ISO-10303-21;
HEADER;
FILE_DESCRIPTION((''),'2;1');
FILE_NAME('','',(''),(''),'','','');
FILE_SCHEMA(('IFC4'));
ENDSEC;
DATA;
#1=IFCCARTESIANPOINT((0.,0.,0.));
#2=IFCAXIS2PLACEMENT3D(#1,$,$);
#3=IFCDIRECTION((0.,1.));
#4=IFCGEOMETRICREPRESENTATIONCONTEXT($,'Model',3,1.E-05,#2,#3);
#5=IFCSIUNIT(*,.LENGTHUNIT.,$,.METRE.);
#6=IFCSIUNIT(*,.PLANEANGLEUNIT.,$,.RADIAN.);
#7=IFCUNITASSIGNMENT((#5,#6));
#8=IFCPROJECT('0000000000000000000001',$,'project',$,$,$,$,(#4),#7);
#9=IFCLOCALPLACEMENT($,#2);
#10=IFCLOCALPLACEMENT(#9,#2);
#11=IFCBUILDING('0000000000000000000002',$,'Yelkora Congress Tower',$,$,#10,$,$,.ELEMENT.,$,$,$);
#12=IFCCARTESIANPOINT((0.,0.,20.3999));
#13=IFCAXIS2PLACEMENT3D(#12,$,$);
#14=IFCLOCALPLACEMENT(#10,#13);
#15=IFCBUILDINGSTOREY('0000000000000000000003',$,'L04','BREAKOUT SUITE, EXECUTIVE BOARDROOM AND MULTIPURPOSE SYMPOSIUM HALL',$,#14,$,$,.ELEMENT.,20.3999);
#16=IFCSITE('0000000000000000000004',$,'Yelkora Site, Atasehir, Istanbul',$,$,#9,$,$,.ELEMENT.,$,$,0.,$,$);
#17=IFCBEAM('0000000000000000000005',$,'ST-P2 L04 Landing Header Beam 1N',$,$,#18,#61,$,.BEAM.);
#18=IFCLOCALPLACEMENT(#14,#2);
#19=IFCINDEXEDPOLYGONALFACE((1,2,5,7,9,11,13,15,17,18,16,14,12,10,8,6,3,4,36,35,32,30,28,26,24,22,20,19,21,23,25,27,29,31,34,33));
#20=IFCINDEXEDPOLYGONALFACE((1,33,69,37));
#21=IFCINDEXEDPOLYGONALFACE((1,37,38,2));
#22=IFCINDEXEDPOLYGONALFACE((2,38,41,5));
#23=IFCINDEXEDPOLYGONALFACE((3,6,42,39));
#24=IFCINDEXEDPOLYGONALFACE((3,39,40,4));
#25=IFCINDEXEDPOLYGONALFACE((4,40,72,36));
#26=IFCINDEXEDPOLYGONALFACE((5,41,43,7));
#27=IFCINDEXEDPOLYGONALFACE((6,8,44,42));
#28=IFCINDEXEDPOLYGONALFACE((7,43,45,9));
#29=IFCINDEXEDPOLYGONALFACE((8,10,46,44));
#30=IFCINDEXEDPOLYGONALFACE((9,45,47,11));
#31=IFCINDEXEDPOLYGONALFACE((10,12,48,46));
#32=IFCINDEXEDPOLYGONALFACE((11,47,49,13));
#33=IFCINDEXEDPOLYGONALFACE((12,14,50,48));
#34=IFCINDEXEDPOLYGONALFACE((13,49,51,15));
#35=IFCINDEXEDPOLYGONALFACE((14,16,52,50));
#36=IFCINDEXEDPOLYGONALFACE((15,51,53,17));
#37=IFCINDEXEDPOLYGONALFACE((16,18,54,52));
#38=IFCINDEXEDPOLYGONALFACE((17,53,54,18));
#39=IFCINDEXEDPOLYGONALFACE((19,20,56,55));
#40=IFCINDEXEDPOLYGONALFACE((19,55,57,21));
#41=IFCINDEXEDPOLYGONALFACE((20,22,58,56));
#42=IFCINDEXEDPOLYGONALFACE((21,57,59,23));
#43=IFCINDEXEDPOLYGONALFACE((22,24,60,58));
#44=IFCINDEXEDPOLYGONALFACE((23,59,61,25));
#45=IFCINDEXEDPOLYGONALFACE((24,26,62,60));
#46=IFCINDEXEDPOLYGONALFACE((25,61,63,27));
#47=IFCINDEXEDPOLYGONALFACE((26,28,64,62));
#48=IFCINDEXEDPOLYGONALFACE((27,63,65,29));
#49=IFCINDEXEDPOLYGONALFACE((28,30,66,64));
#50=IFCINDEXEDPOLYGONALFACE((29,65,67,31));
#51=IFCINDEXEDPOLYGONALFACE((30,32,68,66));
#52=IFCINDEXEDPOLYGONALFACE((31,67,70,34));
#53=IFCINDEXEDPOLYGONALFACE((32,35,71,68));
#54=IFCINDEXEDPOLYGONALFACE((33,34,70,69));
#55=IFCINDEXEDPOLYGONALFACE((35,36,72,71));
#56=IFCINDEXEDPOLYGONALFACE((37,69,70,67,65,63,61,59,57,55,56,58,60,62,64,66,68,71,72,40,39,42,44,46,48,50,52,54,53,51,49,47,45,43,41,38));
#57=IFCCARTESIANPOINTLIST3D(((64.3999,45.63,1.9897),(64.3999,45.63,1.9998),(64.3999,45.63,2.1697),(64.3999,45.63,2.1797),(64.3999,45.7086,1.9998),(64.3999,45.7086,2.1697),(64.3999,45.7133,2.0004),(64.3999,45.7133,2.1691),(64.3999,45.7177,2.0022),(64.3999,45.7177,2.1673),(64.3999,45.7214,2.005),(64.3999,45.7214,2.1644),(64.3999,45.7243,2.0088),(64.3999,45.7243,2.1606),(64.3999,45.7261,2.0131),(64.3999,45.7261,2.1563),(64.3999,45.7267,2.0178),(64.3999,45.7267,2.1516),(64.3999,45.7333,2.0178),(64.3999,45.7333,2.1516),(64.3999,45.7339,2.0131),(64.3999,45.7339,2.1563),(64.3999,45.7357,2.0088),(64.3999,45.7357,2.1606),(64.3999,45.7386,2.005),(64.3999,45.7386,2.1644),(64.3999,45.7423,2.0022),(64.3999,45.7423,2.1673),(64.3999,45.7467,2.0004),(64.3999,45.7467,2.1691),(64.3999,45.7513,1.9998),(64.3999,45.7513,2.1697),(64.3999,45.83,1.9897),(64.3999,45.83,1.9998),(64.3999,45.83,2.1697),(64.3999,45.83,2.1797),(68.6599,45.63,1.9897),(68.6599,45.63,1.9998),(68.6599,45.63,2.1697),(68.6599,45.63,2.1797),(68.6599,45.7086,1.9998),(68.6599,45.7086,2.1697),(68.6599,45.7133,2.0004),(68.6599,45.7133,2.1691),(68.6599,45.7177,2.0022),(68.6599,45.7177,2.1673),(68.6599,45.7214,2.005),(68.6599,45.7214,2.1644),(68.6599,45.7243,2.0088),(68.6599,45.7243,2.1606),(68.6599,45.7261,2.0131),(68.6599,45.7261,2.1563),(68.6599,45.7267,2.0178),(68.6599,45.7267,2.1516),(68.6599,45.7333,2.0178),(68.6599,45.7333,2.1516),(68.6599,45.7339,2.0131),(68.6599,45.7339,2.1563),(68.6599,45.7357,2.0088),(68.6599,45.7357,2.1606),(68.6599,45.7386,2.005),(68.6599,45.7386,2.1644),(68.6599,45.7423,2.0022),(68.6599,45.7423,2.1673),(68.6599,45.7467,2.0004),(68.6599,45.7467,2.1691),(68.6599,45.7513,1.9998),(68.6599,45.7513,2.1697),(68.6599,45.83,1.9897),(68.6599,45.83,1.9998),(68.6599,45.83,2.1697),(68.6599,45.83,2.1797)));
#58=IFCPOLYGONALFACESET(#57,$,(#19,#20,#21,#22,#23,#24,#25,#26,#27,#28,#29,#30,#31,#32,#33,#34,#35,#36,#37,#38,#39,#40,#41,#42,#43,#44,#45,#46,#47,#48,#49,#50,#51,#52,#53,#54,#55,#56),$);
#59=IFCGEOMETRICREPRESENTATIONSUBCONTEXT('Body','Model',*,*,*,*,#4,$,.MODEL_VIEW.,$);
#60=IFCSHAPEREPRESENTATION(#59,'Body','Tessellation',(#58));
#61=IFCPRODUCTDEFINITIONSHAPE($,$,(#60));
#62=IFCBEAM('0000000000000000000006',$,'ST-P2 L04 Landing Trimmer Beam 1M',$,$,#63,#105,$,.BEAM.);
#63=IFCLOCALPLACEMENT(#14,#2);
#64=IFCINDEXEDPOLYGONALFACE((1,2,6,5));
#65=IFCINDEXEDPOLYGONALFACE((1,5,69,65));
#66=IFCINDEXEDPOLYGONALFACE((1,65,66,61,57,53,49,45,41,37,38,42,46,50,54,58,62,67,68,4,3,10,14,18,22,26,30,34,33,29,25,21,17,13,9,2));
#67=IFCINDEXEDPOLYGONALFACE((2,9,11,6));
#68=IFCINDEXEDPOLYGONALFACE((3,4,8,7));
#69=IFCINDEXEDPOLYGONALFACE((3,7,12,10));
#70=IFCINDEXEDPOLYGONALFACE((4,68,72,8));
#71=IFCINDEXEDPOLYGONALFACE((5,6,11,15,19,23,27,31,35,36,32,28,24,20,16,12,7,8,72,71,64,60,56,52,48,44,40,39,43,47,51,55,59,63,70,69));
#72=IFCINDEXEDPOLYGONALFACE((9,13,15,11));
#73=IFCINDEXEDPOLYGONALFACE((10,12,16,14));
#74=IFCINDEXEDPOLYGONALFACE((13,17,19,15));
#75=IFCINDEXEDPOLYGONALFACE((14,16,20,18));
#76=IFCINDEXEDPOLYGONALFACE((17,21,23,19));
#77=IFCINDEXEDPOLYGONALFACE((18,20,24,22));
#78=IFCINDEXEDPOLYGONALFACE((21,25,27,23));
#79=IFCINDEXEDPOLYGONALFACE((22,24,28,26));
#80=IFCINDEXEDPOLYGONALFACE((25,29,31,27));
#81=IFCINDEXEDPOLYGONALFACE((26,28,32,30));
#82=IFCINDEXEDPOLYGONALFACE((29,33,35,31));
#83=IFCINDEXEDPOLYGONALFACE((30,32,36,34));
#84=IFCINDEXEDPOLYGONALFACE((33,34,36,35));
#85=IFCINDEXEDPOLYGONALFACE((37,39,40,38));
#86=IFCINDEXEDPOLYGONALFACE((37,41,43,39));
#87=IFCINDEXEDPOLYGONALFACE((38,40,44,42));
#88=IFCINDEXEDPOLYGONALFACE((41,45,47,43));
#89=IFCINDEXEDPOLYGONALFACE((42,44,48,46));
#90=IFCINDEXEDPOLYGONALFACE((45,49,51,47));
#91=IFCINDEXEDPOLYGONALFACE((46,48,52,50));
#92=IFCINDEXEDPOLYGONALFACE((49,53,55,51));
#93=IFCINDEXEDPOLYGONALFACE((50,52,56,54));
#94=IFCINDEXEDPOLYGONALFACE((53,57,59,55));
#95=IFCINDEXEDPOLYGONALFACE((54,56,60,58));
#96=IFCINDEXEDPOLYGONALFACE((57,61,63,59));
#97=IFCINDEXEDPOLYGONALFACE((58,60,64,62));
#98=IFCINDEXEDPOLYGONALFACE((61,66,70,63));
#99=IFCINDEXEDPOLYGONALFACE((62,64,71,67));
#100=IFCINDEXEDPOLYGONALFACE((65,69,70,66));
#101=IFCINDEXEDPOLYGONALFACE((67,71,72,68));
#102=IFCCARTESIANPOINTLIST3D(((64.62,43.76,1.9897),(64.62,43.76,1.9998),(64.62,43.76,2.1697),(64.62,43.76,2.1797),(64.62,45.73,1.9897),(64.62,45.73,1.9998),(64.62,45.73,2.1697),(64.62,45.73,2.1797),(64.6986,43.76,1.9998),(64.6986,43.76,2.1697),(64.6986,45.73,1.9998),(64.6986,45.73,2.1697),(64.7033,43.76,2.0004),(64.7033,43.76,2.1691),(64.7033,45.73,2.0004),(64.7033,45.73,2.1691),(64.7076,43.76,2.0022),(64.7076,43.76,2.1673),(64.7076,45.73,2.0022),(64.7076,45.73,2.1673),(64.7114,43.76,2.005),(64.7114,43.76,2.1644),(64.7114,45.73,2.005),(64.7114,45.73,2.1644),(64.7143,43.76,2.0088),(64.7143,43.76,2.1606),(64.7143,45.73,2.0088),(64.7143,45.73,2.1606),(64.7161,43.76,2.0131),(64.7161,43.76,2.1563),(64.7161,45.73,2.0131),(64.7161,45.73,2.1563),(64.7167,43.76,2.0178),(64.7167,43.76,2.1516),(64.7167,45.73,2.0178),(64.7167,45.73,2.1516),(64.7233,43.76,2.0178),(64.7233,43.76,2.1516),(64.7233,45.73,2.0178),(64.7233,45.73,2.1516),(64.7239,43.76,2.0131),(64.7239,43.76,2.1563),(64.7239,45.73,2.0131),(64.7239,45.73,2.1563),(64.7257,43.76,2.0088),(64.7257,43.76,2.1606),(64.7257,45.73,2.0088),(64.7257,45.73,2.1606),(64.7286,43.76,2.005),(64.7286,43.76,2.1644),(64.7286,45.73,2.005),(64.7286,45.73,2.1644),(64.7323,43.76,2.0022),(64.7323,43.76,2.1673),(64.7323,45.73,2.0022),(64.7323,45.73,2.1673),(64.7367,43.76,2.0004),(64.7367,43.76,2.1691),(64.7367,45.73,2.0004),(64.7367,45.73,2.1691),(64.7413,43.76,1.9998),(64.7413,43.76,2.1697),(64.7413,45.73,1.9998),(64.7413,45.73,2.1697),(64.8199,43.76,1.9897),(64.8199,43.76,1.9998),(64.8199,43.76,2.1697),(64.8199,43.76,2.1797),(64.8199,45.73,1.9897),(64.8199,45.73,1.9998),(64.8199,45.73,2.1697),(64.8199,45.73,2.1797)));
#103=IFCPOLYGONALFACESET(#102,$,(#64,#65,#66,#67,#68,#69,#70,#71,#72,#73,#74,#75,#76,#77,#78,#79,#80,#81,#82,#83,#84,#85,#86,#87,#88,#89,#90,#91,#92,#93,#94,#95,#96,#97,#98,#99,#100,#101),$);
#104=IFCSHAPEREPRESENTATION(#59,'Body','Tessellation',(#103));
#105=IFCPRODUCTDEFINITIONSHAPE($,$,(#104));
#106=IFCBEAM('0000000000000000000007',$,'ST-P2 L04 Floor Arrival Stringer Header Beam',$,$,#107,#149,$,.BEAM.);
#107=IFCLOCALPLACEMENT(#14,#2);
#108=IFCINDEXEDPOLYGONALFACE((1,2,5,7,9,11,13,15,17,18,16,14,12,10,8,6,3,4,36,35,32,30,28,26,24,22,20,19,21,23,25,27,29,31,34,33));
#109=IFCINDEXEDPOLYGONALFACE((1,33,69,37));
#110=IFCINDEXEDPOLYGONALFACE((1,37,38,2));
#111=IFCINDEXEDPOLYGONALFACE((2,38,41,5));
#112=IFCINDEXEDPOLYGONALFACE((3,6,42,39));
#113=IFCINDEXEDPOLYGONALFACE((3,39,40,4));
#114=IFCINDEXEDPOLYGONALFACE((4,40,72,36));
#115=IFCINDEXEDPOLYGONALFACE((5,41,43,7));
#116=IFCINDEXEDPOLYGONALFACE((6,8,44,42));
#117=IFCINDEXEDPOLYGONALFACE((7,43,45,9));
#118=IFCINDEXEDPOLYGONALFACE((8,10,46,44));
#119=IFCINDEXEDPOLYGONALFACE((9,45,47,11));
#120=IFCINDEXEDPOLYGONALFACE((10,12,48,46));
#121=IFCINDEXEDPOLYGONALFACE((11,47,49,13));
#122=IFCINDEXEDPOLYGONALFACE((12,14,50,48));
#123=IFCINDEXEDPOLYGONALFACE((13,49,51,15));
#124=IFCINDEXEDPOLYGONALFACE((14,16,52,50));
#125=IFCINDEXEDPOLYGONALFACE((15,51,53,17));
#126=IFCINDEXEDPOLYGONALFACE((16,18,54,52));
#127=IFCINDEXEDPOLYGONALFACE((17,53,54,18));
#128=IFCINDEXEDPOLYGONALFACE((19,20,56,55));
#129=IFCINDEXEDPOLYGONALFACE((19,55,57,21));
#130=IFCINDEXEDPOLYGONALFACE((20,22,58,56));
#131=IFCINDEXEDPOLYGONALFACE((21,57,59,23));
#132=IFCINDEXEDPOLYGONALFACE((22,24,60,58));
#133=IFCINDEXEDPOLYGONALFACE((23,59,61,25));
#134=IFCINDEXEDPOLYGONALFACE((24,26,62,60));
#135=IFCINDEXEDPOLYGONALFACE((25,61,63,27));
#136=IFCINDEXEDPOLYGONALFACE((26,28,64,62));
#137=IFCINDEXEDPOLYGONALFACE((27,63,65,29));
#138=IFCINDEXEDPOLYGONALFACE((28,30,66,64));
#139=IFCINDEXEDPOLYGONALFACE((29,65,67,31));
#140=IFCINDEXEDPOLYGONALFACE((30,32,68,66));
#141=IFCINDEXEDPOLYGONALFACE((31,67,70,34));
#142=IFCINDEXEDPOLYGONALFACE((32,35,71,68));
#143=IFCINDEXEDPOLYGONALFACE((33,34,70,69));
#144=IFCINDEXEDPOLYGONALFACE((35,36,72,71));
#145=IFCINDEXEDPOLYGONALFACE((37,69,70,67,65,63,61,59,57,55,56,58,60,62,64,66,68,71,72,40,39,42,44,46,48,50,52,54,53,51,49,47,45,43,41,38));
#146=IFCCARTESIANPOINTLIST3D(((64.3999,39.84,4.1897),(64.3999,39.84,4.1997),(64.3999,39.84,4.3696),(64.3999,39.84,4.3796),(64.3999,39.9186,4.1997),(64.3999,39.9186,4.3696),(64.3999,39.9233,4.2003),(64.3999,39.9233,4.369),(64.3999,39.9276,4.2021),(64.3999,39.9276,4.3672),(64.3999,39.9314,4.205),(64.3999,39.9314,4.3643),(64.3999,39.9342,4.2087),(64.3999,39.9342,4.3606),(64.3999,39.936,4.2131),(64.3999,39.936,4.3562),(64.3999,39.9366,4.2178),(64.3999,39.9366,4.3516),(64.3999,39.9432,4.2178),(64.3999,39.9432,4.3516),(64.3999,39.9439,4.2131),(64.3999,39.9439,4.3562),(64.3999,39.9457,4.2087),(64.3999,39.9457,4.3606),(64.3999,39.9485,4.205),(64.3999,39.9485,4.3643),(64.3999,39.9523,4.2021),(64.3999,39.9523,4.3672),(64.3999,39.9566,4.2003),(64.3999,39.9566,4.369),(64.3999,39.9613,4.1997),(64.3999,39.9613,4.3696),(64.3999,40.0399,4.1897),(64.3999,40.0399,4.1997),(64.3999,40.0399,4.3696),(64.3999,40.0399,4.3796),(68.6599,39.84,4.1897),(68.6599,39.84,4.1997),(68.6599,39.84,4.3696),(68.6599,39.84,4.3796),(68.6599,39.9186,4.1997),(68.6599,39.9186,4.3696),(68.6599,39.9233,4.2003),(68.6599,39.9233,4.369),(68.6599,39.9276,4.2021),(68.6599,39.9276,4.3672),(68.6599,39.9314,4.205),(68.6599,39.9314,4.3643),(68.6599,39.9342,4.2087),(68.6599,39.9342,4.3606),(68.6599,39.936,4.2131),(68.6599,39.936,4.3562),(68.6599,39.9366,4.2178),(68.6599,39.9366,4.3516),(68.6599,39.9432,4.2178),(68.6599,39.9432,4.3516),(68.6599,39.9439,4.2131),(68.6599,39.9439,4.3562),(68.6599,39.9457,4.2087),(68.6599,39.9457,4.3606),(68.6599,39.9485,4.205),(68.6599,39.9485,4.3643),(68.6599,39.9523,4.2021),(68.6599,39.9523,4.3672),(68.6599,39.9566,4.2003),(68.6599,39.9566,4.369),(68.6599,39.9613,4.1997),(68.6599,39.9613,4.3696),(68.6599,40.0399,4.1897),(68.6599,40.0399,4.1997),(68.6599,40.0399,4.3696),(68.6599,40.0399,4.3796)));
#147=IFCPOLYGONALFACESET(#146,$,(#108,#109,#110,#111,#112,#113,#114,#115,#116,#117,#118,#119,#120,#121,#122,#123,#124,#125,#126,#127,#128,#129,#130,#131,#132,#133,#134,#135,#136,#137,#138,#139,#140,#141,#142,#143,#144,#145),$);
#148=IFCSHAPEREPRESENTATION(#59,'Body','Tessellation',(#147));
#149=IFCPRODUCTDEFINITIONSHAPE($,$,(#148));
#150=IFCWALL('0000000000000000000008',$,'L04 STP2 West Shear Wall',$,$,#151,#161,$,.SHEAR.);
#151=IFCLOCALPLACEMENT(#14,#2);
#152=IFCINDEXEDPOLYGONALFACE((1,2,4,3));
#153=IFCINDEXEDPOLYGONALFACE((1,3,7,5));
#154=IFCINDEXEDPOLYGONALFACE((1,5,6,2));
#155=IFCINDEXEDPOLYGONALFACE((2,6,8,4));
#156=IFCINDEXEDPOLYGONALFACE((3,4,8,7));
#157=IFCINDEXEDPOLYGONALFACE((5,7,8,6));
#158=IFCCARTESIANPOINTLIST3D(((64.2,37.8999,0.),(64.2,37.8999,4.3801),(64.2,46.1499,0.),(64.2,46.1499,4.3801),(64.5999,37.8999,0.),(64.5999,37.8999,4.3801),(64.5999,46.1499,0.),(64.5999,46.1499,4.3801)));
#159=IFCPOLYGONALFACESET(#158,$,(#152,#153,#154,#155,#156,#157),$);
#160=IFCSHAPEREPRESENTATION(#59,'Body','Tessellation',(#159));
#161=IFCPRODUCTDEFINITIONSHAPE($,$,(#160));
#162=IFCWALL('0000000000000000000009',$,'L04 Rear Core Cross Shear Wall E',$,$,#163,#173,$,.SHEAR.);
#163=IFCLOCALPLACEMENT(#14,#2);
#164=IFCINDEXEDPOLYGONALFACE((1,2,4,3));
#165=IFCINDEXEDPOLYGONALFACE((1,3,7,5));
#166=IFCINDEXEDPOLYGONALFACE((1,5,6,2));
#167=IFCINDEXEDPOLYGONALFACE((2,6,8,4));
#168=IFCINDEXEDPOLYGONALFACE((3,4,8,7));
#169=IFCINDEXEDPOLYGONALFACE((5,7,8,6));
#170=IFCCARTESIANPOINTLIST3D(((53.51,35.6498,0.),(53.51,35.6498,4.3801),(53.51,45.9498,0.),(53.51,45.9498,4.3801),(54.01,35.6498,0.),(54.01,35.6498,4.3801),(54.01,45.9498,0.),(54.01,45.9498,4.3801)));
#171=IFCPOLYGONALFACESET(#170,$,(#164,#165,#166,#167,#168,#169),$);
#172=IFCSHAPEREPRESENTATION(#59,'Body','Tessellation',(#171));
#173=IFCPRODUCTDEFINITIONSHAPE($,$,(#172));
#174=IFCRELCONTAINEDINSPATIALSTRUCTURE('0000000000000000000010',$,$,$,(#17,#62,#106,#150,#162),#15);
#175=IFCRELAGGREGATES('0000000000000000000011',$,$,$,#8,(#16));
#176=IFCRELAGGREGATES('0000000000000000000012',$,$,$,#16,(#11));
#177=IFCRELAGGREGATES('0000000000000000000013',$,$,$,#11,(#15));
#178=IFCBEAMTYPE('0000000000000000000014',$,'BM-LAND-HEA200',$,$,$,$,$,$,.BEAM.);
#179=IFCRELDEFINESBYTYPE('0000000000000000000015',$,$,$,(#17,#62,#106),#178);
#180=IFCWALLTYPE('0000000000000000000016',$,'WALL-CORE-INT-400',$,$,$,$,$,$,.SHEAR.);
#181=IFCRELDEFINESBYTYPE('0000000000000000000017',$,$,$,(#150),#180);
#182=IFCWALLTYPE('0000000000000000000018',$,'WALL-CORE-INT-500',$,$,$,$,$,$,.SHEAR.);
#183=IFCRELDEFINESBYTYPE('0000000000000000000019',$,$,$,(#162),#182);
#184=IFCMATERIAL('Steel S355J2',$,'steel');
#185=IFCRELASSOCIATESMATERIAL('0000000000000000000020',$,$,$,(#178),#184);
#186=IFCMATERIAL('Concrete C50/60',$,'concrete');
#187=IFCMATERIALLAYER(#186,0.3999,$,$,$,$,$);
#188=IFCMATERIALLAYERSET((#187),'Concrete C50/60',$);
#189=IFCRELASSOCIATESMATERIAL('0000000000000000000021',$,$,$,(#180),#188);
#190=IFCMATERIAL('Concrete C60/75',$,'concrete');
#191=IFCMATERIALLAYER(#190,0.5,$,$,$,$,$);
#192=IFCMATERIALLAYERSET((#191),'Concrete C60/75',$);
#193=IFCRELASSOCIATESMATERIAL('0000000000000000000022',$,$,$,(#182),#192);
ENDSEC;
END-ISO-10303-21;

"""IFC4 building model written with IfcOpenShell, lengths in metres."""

from ifc_helpers import new_model, si_unit, direction, frame, frame_2d, origin, origin_2d, place, context, subcontext, project, spatial, rectangle, i_section, extrude, material, layer, layer_set, material_profile, profile_set, type_object, element, save


model = new_model("IFC4")

# Units and contexts
model_context = context("Model", 3, precision=1e-05, world=origin(), true_north=direction((0.0, 1.0)))
body_context = subcontext(model_context, "Body", "Model", "MODEL_VIEW")
ifc_project = project(units=[si_unit("LENGTHUNIT", "METRE"), si_unit("PLANEANGLEUNIT", "RADIAN")], contexts=[model_context])

# Site, building, storey
site_placement = place(None, origin())
site = spatial("IfcSite", under=ifc_project, at=site_placement, Name="Yelkora Site, Atasehir, Istanbul", CompositionType="ELEMENT", RefElevation=0.0)
building_placement = place(site_placement, origin())
building = spatial("IfcBuilding", under=site, at=building_placement, Name="Yelkora Congress Tower", CompositionType="ELEMENT")
storey_placement = place(building_placement, frame((0.0, 0.0, 20.3999)))
storey = spatial("IfcBuildingStorey", under=building, at=storey_placement, Name="L04", Description="BREAKOUT SUITE, EXECUTIVE BOARDROOM AND MULTIPURPOSE SYMPOSIUM HALL", CompositionType="ELEMENT", Elevation=20.3999)

# Shared definitions
ifc_material_1 = material(Name="Concrete C60/75", Category="concrete")
ifc_material_2 = material(Name="Concrete C50/60", Category="concrete")

# Beams
ifc_material_3 = material(Name="Steel S355J2", Category="steel")
ifc_material_profile_1 = material_profile(ifc_material_3, i_section(OverallWidth=0.2, OverallDepth=0.1899, WebThickness=0.0066, FlangeThickness=0.01, FilletRadius=0.0181, at=origin_2d()), Name="HEA 200")
ifc_profile_set_1 = profile_set([ifc_material_profile_1], Name="Steel S355J2")
beam_type_1 = type_object("IfcBeamType", Name="BM-LAND-HEA200", PredefinedType="BEAM", material=ifc_profile_set_1)
for number, where, z_axis, x_axis, name in (
    (1, (64.3999, 45.73, 2.0847), (1.0, 0.0, 0.0), (0.0, 1.0, 0.0), "ST-P2 L04 Landing Header Beam 1N"),
):
    element("IfcBeam", number, at=place(storey_placement, frame(where, z_axis=z_axis, x_axis=x_axis)), inside=storey, type_object=beam_type_1, Name=name, PredefinedType="BEAM", context=body_context, shape_type="SweptSolid", body=[
        extrude(i_section(OverallWidth=0.2, OverallDepth=0.1899, WebThickness=0.0066, FlangeThickness=0.01, FilletRadius=0.0181, at=origin_2d()), origin(), (0.0, 0.0, 1.0), 4.26),
    ])
beam_1_placement = place(storey_placement, frame((64.72, 43.76, 2.0847), z_axis=(0.0, 1.0, 0.0), x_axis=(-1.0, 0.0, 0.0)))
element("IfcBeam", 2, at=beam_1_placement, inside=storey, type_object=beam_type_1, Name="ST-P2 L04 Landing Trimmer Beam 1M", PredefinedType="BEAM", context=body_context, shape_type="SweptSolid", body=[
    extrude(i_section(OverallWidth=0.2, OverallDepth=0.1899, WebThickness=0.0066, FlangeThickness=0.01, FilletRadius=0.0181, at=origin_2d()), origin(), (0.0, 0.0, 1.0), 1.97),
])
beam_2_placement = place(storey_placement, frame((64.3999, 39.9399, 4.2847), z_axis=(1.0, 0.0, 0.0), x_axis=(0.0, 1.0, 0.0)))
element("IfcBeam", 3, at=beam_2_placement, inside=storey, type_object=beam_type_1, Name="ST-P2 L04 Floor Arrival Stringer Header Beam", PredefinedType="BEAM", context=body_context, shape_type="SweptSolid", body=[
    extrude(i_section(OverallWidth=0.2, OverallDepth=0.1899, WebThickness=0.0066, FlangeThickness=0.01, FilletRadius=0.0181, at=origin_2d()), origin(), (0.0, 0.0, 1.0), 4.26),
])

# Walls
ifc_layer_1 = layer(ifc_material_2, 0.3999)
ifc_layer_set_1 = layer_set([ifc_layer_1], Name="Concrete C50/60")
wall_type_1 = type_object("IfcWallType", Name="WALL-CORE-INT-400", PredefinedType="SHEAR", material=ifc_layer_set_1)
wall_1_placement = place(storey_placement, frame((64.3999, 37.8999, 0.0), z_axis=(0.0, 0.0, 1.0), x_axis=(0.0, 1.0, 0.0)))
element("IfcWall", 4, at=wall_1_placement, inside=storey, type_object=wall_type_1, Name="L04 STP2 West Shear Wall", PredefinedType="SHEAR", context=body_context, shape_type="SweptSolid", body=[
    extrude(rectangle(XDim=8.25, YDim=0.3999, at=frame_2d((4.125, 0.0))), origin(), (0.0, 0.0, 1.0), 4.3801),
])
ifc_layer_2 = layer(ifc_material_1, 0.5)
ifc_layer_set_2 = layer_set([ifc_layer_2], Name="Concrete C60/75")
wall_type_2 = type_object("IfcWallType", Name="WALL-CORE-INT-500", PredefinedType="SHEAR", material=ifc_layer_set_2)
wall_2_placement = place(storey_placement, frame((53.76, 35.6499, 0.0), z_axis=(0.0, 0.0, 1.0), x_axis=(0.0, 1.0, 0.0)))
element("IfcWall", 5, at=wall_2_placement, inside=storey, type_object=wall_type_2, Name="L04 Rear Core Cross Shear Wall E", PredefinedType="SHEAR", context=body_context, shape_type="SweptSolid", body=[
    extrude(rectangle(XDim=10.3, YDim=0.5, at=frame_2d((5.1499, 0.0))), origin(), (0.0, 0.0, 1.0), 4.3801),
])

save(model, "model.ifc")
